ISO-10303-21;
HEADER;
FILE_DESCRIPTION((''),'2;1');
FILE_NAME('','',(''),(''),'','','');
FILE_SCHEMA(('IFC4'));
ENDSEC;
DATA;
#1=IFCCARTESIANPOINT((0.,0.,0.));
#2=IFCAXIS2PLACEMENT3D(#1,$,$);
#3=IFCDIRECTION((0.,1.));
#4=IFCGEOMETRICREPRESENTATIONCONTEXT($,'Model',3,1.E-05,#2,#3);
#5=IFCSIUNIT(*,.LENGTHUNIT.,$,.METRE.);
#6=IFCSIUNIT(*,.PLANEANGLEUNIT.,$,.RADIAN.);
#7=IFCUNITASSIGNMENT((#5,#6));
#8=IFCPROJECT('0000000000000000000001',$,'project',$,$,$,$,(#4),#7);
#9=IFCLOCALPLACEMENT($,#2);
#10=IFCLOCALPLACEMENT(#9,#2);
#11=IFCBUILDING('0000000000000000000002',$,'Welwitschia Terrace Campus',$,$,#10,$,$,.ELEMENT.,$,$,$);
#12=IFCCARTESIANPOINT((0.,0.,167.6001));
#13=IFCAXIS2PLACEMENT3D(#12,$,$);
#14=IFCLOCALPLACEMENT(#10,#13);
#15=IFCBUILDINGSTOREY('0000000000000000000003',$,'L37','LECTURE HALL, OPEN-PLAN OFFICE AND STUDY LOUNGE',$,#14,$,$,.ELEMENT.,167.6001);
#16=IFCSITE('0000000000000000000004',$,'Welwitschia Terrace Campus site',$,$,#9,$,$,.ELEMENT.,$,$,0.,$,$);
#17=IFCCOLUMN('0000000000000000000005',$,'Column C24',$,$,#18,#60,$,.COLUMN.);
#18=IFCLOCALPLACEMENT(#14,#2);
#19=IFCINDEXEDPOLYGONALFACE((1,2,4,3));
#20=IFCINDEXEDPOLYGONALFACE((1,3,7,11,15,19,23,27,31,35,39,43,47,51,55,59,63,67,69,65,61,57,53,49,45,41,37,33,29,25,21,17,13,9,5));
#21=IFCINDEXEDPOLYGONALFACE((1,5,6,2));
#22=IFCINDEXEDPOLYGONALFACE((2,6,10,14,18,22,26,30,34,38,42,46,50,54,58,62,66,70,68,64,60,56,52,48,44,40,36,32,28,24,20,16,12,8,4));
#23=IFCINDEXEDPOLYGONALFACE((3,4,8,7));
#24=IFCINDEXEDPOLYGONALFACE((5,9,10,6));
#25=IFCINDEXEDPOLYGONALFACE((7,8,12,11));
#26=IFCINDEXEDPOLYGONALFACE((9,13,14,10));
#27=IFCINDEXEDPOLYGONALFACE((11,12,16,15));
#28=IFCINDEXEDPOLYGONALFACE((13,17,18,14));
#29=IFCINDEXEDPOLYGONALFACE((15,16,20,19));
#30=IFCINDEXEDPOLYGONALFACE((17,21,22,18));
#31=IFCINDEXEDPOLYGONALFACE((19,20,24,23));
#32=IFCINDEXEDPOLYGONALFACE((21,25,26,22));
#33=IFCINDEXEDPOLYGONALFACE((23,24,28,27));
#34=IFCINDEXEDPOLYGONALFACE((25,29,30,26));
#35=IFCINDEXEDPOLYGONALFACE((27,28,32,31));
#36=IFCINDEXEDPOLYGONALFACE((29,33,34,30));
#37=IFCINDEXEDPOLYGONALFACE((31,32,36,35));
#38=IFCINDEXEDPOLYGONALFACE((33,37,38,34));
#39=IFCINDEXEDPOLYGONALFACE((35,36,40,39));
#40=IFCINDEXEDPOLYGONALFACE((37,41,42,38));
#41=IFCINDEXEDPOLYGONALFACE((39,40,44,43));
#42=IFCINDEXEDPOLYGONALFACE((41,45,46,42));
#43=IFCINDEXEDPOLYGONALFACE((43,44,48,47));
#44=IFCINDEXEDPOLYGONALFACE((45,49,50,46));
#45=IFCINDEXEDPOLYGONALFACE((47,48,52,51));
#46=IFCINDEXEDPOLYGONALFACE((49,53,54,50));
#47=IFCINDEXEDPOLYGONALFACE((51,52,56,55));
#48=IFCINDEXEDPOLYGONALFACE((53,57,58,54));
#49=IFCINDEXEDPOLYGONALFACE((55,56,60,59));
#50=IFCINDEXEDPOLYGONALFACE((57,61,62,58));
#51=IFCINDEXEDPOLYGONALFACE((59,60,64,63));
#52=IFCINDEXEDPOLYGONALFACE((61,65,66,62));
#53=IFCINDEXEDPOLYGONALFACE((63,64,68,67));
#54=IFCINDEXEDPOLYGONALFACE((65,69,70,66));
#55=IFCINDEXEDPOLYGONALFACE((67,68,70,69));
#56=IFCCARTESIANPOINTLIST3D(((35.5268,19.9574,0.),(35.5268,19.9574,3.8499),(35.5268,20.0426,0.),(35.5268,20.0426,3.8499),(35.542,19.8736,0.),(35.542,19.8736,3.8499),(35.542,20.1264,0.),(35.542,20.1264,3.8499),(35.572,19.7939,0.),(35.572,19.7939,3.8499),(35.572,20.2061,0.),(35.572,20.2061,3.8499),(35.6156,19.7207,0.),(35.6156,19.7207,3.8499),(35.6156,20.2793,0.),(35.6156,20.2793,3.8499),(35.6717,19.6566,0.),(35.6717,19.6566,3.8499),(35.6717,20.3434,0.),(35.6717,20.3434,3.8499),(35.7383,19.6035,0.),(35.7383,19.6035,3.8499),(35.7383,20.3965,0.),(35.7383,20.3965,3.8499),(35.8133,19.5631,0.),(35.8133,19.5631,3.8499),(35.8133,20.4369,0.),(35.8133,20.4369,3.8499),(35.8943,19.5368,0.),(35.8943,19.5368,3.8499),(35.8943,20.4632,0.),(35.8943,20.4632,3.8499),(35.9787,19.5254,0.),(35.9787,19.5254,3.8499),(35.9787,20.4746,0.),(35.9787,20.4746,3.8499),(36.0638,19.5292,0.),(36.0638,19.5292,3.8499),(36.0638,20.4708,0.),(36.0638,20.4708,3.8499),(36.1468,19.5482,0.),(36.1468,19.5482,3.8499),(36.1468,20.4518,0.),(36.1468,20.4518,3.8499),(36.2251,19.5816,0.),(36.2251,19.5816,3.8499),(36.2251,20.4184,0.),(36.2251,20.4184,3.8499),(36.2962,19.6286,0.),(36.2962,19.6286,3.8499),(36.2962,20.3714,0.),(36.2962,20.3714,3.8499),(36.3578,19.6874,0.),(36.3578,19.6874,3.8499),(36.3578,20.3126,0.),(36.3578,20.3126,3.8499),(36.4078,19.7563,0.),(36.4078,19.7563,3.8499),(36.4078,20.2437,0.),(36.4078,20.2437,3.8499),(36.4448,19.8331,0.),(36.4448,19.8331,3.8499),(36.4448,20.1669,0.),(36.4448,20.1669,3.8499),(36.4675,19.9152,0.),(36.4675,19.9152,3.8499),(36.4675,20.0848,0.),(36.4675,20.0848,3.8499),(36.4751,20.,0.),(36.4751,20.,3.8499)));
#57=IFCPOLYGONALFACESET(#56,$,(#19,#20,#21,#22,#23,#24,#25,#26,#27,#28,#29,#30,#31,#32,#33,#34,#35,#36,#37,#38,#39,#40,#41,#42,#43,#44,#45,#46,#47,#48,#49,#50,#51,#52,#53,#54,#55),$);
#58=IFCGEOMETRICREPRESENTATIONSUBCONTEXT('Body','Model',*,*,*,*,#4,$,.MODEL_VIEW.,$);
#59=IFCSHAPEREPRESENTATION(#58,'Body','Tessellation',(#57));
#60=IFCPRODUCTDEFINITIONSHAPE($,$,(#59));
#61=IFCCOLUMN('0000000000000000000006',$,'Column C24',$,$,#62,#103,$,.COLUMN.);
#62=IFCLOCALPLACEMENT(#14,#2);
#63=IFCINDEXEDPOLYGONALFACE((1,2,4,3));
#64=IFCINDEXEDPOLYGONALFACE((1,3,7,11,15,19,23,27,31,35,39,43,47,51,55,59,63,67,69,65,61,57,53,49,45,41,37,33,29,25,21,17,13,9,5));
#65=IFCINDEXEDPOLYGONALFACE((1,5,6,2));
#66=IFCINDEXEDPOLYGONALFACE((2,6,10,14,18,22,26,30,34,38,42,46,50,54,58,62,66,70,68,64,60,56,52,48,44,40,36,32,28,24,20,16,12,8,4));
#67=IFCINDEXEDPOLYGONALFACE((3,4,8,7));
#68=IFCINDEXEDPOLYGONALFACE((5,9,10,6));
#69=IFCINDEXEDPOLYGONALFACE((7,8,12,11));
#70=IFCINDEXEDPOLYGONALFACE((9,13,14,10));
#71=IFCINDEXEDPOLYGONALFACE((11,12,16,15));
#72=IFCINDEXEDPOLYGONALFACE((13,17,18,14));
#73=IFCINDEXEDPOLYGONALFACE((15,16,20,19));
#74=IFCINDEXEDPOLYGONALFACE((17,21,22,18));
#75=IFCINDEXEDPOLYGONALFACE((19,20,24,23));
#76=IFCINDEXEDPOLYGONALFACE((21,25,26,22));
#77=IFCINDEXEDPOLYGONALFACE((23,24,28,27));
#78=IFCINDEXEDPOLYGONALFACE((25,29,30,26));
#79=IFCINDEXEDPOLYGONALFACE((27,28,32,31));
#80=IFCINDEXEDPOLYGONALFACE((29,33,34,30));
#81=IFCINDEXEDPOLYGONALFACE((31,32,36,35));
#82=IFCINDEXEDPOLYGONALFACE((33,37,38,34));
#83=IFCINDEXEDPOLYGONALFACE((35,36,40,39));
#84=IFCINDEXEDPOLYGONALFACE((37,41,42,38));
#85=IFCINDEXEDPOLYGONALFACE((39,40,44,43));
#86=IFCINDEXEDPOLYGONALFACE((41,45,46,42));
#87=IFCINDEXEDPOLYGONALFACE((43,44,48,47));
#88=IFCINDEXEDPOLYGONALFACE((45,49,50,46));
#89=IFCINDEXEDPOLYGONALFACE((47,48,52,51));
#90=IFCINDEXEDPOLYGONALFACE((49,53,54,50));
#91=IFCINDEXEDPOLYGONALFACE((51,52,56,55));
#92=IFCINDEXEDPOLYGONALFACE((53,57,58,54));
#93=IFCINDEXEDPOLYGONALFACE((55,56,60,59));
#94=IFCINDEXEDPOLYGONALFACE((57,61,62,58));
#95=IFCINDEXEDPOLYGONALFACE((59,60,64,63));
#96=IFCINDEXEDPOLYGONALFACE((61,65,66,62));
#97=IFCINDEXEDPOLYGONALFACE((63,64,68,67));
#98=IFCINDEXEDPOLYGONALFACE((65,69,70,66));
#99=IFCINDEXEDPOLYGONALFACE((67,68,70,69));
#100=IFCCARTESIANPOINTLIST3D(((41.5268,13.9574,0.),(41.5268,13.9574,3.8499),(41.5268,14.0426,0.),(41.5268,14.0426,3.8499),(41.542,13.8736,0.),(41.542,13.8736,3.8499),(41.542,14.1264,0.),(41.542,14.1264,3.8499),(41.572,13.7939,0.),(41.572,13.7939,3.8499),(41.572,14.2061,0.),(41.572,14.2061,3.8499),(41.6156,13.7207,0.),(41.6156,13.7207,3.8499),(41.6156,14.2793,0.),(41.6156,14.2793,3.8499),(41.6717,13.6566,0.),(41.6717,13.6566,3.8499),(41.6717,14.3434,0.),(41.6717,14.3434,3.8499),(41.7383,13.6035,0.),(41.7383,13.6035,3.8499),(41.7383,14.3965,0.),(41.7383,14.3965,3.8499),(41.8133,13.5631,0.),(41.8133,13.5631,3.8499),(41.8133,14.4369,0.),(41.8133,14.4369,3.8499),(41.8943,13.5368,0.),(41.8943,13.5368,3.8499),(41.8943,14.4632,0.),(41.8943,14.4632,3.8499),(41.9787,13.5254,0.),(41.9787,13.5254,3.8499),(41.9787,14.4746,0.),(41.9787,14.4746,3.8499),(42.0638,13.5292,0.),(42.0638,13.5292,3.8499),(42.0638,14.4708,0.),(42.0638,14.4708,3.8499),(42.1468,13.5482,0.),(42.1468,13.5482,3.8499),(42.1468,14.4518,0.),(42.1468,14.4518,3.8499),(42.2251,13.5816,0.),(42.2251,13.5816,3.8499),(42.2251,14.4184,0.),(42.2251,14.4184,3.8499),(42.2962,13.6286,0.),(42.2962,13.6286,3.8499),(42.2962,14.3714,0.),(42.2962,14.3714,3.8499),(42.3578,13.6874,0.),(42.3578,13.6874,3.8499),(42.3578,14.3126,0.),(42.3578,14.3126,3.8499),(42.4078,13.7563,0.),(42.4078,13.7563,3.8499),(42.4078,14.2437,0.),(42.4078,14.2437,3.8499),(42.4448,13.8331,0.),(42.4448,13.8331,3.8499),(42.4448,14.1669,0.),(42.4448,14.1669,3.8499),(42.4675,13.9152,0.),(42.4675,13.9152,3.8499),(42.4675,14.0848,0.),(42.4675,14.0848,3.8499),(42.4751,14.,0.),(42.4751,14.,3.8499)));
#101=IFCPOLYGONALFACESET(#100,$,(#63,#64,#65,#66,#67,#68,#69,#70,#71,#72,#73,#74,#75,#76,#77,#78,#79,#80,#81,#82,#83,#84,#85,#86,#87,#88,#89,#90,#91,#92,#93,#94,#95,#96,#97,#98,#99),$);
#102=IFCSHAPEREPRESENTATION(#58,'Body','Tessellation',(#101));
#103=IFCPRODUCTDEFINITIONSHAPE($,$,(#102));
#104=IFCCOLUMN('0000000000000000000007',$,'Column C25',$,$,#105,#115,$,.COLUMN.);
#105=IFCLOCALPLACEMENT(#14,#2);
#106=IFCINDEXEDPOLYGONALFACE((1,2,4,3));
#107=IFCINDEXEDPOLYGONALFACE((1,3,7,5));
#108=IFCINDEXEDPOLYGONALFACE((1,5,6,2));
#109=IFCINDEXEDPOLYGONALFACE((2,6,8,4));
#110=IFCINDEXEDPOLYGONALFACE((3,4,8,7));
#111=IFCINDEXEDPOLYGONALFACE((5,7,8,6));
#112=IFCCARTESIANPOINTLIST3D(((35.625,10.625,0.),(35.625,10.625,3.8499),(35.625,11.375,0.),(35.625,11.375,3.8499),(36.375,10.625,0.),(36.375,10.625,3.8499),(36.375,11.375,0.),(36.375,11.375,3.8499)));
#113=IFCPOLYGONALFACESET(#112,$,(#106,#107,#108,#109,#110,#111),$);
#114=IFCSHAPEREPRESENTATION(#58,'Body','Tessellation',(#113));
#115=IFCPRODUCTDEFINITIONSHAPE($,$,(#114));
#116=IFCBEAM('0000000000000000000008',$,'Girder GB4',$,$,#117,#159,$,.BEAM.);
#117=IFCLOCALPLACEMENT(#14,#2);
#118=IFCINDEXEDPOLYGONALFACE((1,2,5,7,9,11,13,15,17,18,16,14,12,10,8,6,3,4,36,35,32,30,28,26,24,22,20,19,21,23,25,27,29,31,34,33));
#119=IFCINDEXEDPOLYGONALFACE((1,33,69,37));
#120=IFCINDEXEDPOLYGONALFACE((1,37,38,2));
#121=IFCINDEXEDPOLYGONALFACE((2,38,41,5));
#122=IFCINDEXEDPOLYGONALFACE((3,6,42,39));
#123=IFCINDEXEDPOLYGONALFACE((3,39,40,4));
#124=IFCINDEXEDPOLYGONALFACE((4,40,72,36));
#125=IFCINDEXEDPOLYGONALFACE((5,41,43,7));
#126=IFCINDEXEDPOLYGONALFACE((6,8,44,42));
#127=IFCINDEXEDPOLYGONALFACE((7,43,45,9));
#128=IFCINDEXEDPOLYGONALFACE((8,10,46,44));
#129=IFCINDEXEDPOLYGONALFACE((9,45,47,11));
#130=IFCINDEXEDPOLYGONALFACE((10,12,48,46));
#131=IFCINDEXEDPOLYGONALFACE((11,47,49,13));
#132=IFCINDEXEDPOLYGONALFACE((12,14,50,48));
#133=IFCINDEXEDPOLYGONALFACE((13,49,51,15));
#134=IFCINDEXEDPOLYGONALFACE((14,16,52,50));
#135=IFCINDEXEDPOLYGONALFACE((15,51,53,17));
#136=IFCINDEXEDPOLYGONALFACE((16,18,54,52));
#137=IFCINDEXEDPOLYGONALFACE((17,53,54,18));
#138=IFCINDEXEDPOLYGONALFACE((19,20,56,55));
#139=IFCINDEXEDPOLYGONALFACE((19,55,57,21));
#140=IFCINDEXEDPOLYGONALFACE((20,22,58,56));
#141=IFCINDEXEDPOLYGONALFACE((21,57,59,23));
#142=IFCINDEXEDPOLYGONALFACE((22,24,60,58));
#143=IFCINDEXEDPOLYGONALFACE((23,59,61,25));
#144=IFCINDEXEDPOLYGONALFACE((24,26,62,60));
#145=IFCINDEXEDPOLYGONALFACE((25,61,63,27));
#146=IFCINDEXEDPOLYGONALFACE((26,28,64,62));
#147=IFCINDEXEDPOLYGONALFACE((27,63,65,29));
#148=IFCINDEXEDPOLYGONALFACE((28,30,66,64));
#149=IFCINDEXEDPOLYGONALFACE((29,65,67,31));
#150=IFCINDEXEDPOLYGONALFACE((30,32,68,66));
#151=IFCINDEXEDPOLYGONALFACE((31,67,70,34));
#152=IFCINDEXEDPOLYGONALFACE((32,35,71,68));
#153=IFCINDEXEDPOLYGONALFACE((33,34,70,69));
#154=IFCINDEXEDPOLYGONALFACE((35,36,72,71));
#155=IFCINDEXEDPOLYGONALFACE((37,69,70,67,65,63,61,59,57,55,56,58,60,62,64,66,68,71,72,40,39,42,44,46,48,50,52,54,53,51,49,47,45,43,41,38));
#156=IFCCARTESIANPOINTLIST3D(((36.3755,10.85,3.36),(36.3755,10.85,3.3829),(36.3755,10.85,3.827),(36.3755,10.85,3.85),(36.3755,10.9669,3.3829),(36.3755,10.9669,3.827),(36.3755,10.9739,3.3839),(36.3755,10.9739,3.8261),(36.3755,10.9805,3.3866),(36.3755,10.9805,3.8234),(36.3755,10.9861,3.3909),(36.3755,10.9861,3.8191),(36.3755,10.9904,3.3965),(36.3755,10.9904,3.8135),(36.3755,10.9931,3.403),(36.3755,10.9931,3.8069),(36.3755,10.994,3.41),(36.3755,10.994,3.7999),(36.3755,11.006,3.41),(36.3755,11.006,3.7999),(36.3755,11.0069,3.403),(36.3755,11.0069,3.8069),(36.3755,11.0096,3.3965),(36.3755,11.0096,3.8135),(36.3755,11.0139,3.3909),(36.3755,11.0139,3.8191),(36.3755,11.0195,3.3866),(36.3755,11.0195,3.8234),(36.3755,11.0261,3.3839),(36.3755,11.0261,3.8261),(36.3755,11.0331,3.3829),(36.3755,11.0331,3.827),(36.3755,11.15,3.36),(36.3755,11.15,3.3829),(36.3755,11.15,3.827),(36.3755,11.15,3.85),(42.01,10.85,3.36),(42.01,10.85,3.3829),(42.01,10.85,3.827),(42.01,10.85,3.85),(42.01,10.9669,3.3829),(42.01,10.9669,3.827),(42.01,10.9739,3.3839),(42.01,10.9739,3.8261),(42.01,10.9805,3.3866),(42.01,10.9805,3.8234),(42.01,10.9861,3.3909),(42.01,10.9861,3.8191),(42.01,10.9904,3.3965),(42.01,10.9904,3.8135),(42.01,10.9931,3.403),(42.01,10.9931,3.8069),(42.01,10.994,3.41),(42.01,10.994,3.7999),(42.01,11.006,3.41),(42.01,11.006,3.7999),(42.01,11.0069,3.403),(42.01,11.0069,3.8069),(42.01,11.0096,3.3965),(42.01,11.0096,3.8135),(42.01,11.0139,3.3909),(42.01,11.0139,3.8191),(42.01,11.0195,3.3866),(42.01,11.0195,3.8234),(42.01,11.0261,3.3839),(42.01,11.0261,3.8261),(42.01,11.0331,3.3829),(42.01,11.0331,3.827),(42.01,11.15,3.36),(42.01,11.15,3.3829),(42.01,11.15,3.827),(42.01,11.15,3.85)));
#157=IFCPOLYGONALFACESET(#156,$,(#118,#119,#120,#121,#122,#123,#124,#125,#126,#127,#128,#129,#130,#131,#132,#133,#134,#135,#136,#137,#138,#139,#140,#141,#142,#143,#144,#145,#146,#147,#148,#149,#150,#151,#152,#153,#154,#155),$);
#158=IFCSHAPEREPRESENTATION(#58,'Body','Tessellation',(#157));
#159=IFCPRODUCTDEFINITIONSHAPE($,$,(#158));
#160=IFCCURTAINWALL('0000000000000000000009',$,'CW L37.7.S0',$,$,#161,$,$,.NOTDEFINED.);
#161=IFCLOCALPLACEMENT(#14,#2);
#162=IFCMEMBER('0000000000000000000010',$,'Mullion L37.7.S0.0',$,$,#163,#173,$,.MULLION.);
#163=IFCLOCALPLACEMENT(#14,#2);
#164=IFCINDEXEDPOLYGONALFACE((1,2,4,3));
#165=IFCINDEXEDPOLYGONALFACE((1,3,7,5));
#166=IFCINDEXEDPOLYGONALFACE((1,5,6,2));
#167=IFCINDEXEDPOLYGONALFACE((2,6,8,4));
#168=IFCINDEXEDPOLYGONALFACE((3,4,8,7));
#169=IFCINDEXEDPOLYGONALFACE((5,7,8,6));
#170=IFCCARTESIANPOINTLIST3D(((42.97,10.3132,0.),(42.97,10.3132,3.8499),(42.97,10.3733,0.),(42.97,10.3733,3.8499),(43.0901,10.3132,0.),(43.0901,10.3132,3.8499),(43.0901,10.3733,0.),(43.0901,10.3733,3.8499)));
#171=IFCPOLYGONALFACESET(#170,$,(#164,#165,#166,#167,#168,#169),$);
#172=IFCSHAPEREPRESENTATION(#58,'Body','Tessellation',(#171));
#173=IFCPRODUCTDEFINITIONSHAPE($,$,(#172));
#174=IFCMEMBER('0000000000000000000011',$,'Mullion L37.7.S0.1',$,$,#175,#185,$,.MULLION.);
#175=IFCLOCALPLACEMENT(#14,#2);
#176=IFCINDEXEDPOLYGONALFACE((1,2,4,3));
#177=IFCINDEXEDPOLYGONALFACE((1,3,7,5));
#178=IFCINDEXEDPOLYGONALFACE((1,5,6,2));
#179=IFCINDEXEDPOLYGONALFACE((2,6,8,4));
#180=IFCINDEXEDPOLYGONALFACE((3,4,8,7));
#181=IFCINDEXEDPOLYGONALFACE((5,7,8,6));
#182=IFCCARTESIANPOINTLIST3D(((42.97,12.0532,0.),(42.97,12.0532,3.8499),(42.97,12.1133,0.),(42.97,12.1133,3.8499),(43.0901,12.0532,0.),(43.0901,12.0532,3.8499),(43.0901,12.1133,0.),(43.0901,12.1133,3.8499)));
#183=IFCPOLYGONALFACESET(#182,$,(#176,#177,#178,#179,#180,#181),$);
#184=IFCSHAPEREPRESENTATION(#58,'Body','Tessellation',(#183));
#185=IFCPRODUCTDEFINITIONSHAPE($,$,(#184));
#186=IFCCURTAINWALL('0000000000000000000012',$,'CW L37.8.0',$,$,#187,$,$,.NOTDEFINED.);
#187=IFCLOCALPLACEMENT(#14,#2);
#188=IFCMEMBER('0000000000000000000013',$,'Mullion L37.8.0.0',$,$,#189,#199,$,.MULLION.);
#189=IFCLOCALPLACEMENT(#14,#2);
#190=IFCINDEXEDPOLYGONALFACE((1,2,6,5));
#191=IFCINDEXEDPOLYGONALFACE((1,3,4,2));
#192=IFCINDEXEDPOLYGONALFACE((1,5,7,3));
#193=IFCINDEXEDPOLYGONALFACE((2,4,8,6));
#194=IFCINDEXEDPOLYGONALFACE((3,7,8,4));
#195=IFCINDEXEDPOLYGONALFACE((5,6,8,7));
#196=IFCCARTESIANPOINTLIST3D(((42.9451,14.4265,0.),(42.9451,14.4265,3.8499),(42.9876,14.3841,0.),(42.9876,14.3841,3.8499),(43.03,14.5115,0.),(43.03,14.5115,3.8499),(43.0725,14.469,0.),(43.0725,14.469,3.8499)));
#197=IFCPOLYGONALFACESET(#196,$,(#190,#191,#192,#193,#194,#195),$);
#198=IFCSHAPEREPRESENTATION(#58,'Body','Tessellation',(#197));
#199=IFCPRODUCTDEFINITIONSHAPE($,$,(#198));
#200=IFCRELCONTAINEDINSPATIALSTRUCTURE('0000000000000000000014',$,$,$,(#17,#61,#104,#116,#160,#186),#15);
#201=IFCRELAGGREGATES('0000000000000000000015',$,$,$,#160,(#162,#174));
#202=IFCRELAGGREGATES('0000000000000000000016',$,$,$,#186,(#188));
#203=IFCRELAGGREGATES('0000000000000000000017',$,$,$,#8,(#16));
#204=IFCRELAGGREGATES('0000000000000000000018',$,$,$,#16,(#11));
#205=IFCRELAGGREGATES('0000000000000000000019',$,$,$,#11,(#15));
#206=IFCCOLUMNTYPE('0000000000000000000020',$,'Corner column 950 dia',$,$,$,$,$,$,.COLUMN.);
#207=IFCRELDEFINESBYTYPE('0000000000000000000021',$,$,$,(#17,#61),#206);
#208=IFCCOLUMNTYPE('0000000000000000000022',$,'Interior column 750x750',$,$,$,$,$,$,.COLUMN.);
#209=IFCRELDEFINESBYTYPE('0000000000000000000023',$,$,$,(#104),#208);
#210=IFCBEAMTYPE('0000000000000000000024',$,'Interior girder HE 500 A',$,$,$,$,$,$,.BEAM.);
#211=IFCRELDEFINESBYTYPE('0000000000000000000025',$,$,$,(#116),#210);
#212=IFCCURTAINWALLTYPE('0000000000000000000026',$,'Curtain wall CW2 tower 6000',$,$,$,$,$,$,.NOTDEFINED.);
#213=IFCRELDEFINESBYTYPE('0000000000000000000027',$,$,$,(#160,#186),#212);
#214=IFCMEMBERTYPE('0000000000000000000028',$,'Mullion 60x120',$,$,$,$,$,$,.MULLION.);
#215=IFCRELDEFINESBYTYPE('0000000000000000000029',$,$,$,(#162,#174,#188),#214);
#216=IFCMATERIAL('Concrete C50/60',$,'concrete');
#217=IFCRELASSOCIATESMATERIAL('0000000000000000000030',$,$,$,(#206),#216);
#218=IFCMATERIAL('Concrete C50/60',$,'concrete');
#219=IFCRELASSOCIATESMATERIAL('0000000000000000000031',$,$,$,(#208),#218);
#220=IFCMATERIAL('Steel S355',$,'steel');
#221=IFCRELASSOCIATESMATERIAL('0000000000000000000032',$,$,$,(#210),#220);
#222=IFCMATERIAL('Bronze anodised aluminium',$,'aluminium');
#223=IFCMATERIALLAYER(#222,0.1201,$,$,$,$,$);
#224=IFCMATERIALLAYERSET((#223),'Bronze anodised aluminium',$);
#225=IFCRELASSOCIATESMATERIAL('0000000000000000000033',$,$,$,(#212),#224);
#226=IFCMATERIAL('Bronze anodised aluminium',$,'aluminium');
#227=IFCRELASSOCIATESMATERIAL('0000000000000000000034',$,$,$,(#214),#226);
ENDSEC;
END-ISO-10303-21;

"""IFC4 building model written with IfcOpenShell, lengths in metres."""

from ifc_helpers import new_model, si_unit, direction, frame, origin, origin_2d, place, context, subcontext, project, spatial, rectangle, circle, i_section, extrude, material, layer, layer_set, material_profile, profile_set, type_object, element, aggregate, save


model = new_model("IFC4")

# Units and contexts
model_context = context("Model", 3, precision=1e-05, world=origin(), true_north=direction((0.0, 1.0)))
body_context = subcontext(model_context, "Body", "Model", "MODEL_VIEW")
ifc_project = project(units=[si_unit("LENGTHUNIT", "METRE"), si_unit("PLANEANGLEUNIT", "RADIAN")], contexts=[model_context])

# Site, building, storey
site_placement = place(None, origin())
site = spatial("IfcSite", under=ifc_project, at=site_placement, Name="Welwitschia Terrace Campus site", CompositionType="ELEMENT", RefElevation=0.0)
building_placement = place(site_placement, origin())
building = spatial("IfcBuilding", under=site, at=building_placement, Name="Welwitschia Terrace Campus", CompositionType="ELEMENT")
storey_placement = place(building_placement, frame((0.0, 0.0, 167.6001)))
storey = spatial("IfcBuildingStorey", under=building, at=storey_placement, Name="L37", Description="LECTURE HALL, OPEN-PLAN OFFICE AND STUDY LOUNGE", CompositionType="ELEMENT", Elevation=167.6001)

# Columns
ifc_material_1 = material(Name="Concrete C50/60", Category="concrete")
ifc_material_profile_1 = material_profile(ifc_material_1, circle(Radius=0.4751, at=origin_2d()))
ifc_profile_set_1 = profile_set([ifc_material_profile_1], Name="Concrete C50/60")
column_type_1 = type_object("IfcColumnType", Name="Corner column 950 dia", PredefinedType="COLUMN", material=ifc_profile_set_1)
for number, where, z_axis, x_axis, name in (
    (1, (36.0, 20.0, 0.0), (0.0, 0.0, 1.0), (1.0, 0.0, 0.0), "Column C24"),
    (2, (42.0, 14.0, 0.0), (0.0, 0.0, 1.0), (1.0, 0.0, 0.0), "Column C24"),
):
    element("IfcColumn", number, at=place(storey_placement, frame(where, z_axis=z_axis, x_axis=x_axis)), inside=storey, type_object=column_type_1, Name=name, PredefinedType="COLUMN", context=body_context, shape_type="SweptSolid", body=[
        extrude(circle(Radius=0.4751, at=origin_2d()), origin(), (0.0, 0.0, 1.0), 3.8499),
    ])
ifc_material_2 = material(Name="Concrete C50/60", Category="concrete")
ifc_material_profile_2 = material_profile(ifc_material_2, rectangle(XDim=0.75, YDim=0.75, at=origin_2d()))
ifc_profile_set_2 = profile_set([ifc_material_profile_2], Name="Concrete C50/60")
column_type_2 = type_object("IfcColumnType", Name="Interior column 750x750", PredefinedType="COLUMN", material=ifc_profile_set_2)
column_placement = place(storey_placement, frame((36.0, 11.0, 0.0), z_axis=(0.0, 0.0, 1.0), x_axis=(1.0, 0.0, 0.0)))
element("IfcColumn", 3, at=column_placement, inside=storey, type_object=column_type_2, Name="Column C25", PredefinedType="COLUMN", context=body_context, shape_type="SweptSolid", body=[
    extrude(rectangle(XDim=0.75, YDim=0.75, at=origin_2d()), origin(), (0.0, 0.0, 1.0), 3.8499),
])

# Beam
ifc_material_3 = material(Name="Steel S355", Category="steel")
ifc_material_profile_3 = material_profile(ifc_material_3, i_section(OverallWidth=0.3, OverallDepth=0.49, WebThickness=0.012, FlangeThickness=0.0229, FilletRadius=0.0271, at=origin_2d()))
ifc_profile_set_3 = profile_set([ifc_material_profile_3], Name="Steel S355")
beam_type_1 = type_object("IfcBeamType", Name="Interior girder HE 500 A", PredefinedType="BEAM", material=ifc_profile_set_3)
beam_1_placement = place(storey_placement, frame((36.3755, 11.0, 3.605), z_axis=(1.0, 0.0, 0.0), x_axis=(0.0, 1.0, 0.0)))
element("IfcBeam", 4, at=beam_1_placement, inside=storey, type_object=beam_type_1, Name="Girder GB4", PredefinedType="BEAM", context=body_context, shape_type="SweptSolid", body=[
    extrude(i_section(OverallWidth=0.3, OverallDepth=0.49, WebThickness=0.012, FlangeThickness=0.0229, FilletRadius=0.0271, at=origin_2d()), origin(), (0.0, 0.0, 1.0), 5.6345),
])

# Curtain walls, members
ifc_material_4 = material(Name="Bronze anodised aluminium", Category="aluminium")
ifc_layer_1 = layer(ifc_material_4, 0.1201)
ifc_layer_set_1 = layer_set([ifc_layer_1], Name="Bronze anodised aluminium")
curtain_wall_type = type_object("IfcCurtainWallType", Name="Curtain wall CW2 tower 6000", PredefinedType="NOTDEFINED", material=ifc_layer_set_1)
curtain_wall_1_placement = place(storey_placement, origin())
curtain_wall_1 = element("IfcCurtainWall", 5, at=curtain_wall_1_placement, inside=storey, type_object=curtain_wall_type, Name="CW L37.7.S0", PredefinedType="NOTDEFINED")
ifc_material_5 = material(Name="Bronze anodised aluminium", Category="aluminium")
ifc_material_profile_4 = material_profile(ifc_material_5, rectangle(XDim=0.1201, YDim=0.0601, at=origin_2d()))
ifc_profile_set_4 = profile_set([ifc_material_profile_4], Name="Bronze anodised aluminium")
member_type_1 = type_object("IfcMemberType", Name="Mullion 60x120", PredefinedType="MULLION", material=ifc_profile_set_4)
member_1_placement = place(storey_placement, frame((43.03, 10.3433, 0.0), z_axis=(0.0, 0.0, 1.0), x_axis=(-1.0, 0.0, 0.0)))
member_1 = element("IfcMember", 6, at=member_1_placement, type_object=member_type_1, Name="Mullion L37.7.S0.0", PredefinedType="MULLION", context=body_context, shape_type="SweptSolid", body=[
    extrude(rectangle(XDim=0.1201, YDim=0.0601, at=origin_2d()), origin(), (0.0, 0.0, 1.0), 3.8499),
])
member_2_placement = place(storey_placement, frame((43.03, 12.0833, 0.0), z_axis=(0.0, 0.0, 1.0), x_axis=(-1.0, 0.0, 0.0)))
member_2 = element("IfcMember", 7, at=member_2_placement, type_object=member_type_1, Name="Mullion L37.7.S0.1", PredefinedType="MULLION", context=body_context, shape_type="SweptSolid", body=[
    extrude(rectangle(XDim=0.1201, YDim=0.0601, at=origin_2d()), origin(), (0.0, 0.0, 1.0), 3.8499),
])
curtain_wall_2_placement = place(storey_placement, origin())
curtain_wall_2 = element("IfcCurtainWall", 8, at=curtain_wall_2_placement, inside=storey, type_object=curtain_wall_type, Name="CW L37.8.0", PredefinedType="NOTDEFINED")
member_3_placement = place(storey_placement, frame((43.0088, 14.4478, 0.0), z_axis=(0.0, 0.0, 1.0), x_axis=(-0.707107, -0.707107, 0.0)))
member_3 = element("IfcMember", 9, at=member_3_placement, type_object=member_type_1, Name="Mullion L37.8.0.0", PredefinedType="MULLION", context=body_context, shape_type="SweptSolid", body=[
    extrude(rectangle(XDim=0.1201, YDim=0.0601, at=origin_2d()), origin(), (0.0, 0.0, 1.0), 3.8499),
])

aggregate(curtain_wall_1, [member_1, member_2])
aggregate(curtain_wall_2, [member_3])

save(model, "model.ifc")
